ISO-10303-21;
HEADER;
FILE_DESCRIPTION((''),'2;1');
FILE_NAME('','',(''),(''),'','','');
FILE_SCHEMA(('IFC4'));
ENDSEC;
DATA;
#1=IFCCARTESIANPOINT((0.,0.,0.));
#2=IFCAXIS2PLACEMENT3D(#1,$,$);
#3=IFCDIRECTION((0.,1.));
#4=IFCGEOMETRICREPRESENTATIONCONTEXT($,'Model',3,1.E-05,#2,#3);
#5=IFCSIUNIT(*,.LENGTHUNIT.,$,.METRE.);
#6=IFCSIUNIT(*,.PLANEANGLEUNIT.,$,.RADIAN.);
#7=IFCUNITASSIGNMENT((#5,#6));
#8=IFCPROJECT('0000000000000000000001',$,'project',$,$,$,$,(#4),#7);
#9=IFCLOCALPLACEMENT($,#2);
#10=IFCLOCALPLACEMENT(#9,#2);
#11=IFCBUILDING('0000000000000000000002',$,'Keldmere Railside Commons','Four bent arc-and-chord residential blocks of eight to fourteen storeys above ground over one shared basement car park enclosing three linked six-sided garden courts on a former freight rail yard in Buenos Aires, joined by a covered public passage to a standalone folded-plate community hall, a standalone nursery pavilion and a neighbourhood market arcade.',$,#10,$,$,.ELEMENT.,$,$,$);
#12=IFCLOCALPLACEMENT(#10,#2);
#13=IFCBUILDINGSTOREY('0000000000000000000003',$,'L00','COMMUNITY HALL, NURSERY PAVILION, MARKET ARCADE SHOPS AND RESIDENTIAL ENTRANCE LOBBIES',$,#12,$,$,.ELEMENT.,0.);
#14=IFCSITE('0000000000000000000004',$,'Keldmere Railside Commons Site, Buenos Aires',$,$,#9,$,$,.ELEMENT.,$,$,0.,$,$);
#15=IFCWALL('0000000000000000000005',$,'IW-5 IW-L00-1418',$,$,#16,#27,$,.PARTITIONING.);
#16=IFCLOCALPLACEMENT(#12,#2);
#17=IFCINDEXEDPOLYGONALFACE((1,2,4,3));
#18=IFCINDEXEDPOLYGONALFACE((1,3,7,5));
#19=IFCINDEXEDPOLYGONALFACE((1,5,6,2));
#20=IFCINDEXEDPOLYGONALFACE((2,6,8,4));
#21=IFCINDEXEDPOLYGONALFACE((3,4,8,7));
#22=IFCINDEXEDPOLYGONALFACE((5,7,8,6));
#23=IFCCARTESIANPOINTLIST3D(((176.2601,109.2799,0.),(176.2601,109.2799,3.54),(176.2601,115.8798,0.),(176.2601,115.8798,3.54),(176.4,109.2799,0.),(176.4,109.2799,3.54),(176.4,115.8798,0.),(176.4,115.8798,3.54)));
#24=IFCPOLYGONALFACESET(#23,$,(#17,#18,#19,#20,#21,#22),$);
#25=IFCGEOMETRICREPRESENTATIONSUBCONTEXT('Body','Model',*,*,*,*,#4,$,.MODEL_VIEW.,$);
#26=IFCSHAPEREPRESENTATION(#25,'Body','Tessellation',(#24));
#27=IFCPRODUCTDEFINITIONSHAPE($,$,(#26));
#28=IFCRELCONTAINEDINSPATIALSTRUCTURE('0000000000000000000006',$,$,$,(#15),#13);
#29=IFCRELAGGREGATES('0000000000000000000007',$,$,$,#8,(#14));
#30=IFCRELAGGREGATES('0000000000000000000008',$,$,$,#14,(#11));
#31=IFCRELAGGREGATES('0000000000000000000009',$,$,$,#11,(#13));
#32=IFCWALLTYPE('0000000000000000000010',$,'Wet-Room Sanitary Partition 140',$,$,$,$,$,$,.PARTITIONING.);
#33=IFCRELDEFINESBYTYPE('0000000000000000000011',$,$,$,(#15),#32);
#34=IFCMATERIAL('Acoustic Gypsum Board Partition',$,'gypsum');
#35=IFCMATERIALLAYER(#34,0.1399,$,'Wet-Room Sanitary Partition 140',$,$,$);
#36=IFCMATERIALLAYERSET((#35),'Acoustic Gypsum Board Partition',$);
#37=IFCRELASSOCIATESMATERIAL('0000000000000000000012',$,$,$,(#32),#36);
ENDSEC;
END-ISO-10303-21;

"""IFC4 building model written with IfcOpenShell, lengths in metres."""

from ifc_helpers import new_model, si_unit, direction, frame, frame_2d, origin, place, context, subcontext, project, spatial, rectangle, extrude, material, layer, layer_set, type_object, element, save


model = new_model("IFC4")

# Units and contexts
model_context = context("Model", 3, precision=1e-05, world=origin(), true_north=direction((0.0, 1.0)))
body_context = subcontext(model_context, "Body", "Model", "MODEL_VIEW")
ifc_project = project(units=[si_unit("LENGTHUNIT", "METRE"), si_unit("PLANEANGLEUNIT", "RADIAN")], contexts=[model_context])

# Site, building, storey
site_placement = place(None, origin())
site = spatial("IfcSite", under=ifc_project, at=site_placement, Name="Keldmere Railside Commons Site, Buenos Aires", CompositionType="ELEMENT", RefElevation=0.0)
building_placement = place(site_placement, origin())
building = spatial("IfcBuilding", under=site, at=building_placement, Name="Keldmere Railside Commons", Description="Four bent arc-and-chord residential blocks of eight to fourteen storeys above ground over one shared basement car park enclosing three linked six-sided garden courts on a former freight rail yard in Buenos Aires, joined by a covered public passage to a standalone folded-plate community hall, a standalone nursery pavilion and a neighbourhood market arcade.", CompositionType="ELEMENT")
storey_placement = place(building_placement, origin())
storey = spatial("IfcBuildingStorey", under=building, at=storey_placement, Name="L00", Description="COMMUNITY HALL, NURSERY PAVILION, MARKET ARCADE SHOPS AND RESIDENTIAL ENTRANCE LOBBIES", CompositionType="ELEMENT", Elevation=0.0)

# Wall
ifc_material_1 = material(Name="Acoustic Gypsum Board Partition", Category="gypsum")
ifc_layer_1 = layer(ifc_material_1, 0.1399, Name="Wet-Room Sanitary Partition 140")
ifc_layer_set_1 = layer_set([ifc_layer_1], Name="Acoustic Gypsum Board Partition")
wall_type_1 = type_object("IfcWallType", Name="Wet-Room Sanitary Partition 140", PredefinedType="PARTITIONING", material=ifc_layer_set_1)
wall_1_placement = place(storey_placement, frame((176.3301, 109.28, 0.0), z_axis=(0.0, 0.0, 1.0), x_axis=(0.0, 1.0, 0.0)))
element("IfcWall", 1, at=wall_1_placement, inside=storey, type_object=wall_type_1, Name="IW-5 IW-L00-1418", PredefinedType="PARTITIONING", context=body_context, shape_type="SweptSolid", body=[
    extrude(rectangle(XDim=6.5999, YDim=0.1399, at=frame_2d((3.2998, 0.0))), origin(), (0.0, 0.0, 1.0), 3.54),
])

save(model, "model.ifc")
